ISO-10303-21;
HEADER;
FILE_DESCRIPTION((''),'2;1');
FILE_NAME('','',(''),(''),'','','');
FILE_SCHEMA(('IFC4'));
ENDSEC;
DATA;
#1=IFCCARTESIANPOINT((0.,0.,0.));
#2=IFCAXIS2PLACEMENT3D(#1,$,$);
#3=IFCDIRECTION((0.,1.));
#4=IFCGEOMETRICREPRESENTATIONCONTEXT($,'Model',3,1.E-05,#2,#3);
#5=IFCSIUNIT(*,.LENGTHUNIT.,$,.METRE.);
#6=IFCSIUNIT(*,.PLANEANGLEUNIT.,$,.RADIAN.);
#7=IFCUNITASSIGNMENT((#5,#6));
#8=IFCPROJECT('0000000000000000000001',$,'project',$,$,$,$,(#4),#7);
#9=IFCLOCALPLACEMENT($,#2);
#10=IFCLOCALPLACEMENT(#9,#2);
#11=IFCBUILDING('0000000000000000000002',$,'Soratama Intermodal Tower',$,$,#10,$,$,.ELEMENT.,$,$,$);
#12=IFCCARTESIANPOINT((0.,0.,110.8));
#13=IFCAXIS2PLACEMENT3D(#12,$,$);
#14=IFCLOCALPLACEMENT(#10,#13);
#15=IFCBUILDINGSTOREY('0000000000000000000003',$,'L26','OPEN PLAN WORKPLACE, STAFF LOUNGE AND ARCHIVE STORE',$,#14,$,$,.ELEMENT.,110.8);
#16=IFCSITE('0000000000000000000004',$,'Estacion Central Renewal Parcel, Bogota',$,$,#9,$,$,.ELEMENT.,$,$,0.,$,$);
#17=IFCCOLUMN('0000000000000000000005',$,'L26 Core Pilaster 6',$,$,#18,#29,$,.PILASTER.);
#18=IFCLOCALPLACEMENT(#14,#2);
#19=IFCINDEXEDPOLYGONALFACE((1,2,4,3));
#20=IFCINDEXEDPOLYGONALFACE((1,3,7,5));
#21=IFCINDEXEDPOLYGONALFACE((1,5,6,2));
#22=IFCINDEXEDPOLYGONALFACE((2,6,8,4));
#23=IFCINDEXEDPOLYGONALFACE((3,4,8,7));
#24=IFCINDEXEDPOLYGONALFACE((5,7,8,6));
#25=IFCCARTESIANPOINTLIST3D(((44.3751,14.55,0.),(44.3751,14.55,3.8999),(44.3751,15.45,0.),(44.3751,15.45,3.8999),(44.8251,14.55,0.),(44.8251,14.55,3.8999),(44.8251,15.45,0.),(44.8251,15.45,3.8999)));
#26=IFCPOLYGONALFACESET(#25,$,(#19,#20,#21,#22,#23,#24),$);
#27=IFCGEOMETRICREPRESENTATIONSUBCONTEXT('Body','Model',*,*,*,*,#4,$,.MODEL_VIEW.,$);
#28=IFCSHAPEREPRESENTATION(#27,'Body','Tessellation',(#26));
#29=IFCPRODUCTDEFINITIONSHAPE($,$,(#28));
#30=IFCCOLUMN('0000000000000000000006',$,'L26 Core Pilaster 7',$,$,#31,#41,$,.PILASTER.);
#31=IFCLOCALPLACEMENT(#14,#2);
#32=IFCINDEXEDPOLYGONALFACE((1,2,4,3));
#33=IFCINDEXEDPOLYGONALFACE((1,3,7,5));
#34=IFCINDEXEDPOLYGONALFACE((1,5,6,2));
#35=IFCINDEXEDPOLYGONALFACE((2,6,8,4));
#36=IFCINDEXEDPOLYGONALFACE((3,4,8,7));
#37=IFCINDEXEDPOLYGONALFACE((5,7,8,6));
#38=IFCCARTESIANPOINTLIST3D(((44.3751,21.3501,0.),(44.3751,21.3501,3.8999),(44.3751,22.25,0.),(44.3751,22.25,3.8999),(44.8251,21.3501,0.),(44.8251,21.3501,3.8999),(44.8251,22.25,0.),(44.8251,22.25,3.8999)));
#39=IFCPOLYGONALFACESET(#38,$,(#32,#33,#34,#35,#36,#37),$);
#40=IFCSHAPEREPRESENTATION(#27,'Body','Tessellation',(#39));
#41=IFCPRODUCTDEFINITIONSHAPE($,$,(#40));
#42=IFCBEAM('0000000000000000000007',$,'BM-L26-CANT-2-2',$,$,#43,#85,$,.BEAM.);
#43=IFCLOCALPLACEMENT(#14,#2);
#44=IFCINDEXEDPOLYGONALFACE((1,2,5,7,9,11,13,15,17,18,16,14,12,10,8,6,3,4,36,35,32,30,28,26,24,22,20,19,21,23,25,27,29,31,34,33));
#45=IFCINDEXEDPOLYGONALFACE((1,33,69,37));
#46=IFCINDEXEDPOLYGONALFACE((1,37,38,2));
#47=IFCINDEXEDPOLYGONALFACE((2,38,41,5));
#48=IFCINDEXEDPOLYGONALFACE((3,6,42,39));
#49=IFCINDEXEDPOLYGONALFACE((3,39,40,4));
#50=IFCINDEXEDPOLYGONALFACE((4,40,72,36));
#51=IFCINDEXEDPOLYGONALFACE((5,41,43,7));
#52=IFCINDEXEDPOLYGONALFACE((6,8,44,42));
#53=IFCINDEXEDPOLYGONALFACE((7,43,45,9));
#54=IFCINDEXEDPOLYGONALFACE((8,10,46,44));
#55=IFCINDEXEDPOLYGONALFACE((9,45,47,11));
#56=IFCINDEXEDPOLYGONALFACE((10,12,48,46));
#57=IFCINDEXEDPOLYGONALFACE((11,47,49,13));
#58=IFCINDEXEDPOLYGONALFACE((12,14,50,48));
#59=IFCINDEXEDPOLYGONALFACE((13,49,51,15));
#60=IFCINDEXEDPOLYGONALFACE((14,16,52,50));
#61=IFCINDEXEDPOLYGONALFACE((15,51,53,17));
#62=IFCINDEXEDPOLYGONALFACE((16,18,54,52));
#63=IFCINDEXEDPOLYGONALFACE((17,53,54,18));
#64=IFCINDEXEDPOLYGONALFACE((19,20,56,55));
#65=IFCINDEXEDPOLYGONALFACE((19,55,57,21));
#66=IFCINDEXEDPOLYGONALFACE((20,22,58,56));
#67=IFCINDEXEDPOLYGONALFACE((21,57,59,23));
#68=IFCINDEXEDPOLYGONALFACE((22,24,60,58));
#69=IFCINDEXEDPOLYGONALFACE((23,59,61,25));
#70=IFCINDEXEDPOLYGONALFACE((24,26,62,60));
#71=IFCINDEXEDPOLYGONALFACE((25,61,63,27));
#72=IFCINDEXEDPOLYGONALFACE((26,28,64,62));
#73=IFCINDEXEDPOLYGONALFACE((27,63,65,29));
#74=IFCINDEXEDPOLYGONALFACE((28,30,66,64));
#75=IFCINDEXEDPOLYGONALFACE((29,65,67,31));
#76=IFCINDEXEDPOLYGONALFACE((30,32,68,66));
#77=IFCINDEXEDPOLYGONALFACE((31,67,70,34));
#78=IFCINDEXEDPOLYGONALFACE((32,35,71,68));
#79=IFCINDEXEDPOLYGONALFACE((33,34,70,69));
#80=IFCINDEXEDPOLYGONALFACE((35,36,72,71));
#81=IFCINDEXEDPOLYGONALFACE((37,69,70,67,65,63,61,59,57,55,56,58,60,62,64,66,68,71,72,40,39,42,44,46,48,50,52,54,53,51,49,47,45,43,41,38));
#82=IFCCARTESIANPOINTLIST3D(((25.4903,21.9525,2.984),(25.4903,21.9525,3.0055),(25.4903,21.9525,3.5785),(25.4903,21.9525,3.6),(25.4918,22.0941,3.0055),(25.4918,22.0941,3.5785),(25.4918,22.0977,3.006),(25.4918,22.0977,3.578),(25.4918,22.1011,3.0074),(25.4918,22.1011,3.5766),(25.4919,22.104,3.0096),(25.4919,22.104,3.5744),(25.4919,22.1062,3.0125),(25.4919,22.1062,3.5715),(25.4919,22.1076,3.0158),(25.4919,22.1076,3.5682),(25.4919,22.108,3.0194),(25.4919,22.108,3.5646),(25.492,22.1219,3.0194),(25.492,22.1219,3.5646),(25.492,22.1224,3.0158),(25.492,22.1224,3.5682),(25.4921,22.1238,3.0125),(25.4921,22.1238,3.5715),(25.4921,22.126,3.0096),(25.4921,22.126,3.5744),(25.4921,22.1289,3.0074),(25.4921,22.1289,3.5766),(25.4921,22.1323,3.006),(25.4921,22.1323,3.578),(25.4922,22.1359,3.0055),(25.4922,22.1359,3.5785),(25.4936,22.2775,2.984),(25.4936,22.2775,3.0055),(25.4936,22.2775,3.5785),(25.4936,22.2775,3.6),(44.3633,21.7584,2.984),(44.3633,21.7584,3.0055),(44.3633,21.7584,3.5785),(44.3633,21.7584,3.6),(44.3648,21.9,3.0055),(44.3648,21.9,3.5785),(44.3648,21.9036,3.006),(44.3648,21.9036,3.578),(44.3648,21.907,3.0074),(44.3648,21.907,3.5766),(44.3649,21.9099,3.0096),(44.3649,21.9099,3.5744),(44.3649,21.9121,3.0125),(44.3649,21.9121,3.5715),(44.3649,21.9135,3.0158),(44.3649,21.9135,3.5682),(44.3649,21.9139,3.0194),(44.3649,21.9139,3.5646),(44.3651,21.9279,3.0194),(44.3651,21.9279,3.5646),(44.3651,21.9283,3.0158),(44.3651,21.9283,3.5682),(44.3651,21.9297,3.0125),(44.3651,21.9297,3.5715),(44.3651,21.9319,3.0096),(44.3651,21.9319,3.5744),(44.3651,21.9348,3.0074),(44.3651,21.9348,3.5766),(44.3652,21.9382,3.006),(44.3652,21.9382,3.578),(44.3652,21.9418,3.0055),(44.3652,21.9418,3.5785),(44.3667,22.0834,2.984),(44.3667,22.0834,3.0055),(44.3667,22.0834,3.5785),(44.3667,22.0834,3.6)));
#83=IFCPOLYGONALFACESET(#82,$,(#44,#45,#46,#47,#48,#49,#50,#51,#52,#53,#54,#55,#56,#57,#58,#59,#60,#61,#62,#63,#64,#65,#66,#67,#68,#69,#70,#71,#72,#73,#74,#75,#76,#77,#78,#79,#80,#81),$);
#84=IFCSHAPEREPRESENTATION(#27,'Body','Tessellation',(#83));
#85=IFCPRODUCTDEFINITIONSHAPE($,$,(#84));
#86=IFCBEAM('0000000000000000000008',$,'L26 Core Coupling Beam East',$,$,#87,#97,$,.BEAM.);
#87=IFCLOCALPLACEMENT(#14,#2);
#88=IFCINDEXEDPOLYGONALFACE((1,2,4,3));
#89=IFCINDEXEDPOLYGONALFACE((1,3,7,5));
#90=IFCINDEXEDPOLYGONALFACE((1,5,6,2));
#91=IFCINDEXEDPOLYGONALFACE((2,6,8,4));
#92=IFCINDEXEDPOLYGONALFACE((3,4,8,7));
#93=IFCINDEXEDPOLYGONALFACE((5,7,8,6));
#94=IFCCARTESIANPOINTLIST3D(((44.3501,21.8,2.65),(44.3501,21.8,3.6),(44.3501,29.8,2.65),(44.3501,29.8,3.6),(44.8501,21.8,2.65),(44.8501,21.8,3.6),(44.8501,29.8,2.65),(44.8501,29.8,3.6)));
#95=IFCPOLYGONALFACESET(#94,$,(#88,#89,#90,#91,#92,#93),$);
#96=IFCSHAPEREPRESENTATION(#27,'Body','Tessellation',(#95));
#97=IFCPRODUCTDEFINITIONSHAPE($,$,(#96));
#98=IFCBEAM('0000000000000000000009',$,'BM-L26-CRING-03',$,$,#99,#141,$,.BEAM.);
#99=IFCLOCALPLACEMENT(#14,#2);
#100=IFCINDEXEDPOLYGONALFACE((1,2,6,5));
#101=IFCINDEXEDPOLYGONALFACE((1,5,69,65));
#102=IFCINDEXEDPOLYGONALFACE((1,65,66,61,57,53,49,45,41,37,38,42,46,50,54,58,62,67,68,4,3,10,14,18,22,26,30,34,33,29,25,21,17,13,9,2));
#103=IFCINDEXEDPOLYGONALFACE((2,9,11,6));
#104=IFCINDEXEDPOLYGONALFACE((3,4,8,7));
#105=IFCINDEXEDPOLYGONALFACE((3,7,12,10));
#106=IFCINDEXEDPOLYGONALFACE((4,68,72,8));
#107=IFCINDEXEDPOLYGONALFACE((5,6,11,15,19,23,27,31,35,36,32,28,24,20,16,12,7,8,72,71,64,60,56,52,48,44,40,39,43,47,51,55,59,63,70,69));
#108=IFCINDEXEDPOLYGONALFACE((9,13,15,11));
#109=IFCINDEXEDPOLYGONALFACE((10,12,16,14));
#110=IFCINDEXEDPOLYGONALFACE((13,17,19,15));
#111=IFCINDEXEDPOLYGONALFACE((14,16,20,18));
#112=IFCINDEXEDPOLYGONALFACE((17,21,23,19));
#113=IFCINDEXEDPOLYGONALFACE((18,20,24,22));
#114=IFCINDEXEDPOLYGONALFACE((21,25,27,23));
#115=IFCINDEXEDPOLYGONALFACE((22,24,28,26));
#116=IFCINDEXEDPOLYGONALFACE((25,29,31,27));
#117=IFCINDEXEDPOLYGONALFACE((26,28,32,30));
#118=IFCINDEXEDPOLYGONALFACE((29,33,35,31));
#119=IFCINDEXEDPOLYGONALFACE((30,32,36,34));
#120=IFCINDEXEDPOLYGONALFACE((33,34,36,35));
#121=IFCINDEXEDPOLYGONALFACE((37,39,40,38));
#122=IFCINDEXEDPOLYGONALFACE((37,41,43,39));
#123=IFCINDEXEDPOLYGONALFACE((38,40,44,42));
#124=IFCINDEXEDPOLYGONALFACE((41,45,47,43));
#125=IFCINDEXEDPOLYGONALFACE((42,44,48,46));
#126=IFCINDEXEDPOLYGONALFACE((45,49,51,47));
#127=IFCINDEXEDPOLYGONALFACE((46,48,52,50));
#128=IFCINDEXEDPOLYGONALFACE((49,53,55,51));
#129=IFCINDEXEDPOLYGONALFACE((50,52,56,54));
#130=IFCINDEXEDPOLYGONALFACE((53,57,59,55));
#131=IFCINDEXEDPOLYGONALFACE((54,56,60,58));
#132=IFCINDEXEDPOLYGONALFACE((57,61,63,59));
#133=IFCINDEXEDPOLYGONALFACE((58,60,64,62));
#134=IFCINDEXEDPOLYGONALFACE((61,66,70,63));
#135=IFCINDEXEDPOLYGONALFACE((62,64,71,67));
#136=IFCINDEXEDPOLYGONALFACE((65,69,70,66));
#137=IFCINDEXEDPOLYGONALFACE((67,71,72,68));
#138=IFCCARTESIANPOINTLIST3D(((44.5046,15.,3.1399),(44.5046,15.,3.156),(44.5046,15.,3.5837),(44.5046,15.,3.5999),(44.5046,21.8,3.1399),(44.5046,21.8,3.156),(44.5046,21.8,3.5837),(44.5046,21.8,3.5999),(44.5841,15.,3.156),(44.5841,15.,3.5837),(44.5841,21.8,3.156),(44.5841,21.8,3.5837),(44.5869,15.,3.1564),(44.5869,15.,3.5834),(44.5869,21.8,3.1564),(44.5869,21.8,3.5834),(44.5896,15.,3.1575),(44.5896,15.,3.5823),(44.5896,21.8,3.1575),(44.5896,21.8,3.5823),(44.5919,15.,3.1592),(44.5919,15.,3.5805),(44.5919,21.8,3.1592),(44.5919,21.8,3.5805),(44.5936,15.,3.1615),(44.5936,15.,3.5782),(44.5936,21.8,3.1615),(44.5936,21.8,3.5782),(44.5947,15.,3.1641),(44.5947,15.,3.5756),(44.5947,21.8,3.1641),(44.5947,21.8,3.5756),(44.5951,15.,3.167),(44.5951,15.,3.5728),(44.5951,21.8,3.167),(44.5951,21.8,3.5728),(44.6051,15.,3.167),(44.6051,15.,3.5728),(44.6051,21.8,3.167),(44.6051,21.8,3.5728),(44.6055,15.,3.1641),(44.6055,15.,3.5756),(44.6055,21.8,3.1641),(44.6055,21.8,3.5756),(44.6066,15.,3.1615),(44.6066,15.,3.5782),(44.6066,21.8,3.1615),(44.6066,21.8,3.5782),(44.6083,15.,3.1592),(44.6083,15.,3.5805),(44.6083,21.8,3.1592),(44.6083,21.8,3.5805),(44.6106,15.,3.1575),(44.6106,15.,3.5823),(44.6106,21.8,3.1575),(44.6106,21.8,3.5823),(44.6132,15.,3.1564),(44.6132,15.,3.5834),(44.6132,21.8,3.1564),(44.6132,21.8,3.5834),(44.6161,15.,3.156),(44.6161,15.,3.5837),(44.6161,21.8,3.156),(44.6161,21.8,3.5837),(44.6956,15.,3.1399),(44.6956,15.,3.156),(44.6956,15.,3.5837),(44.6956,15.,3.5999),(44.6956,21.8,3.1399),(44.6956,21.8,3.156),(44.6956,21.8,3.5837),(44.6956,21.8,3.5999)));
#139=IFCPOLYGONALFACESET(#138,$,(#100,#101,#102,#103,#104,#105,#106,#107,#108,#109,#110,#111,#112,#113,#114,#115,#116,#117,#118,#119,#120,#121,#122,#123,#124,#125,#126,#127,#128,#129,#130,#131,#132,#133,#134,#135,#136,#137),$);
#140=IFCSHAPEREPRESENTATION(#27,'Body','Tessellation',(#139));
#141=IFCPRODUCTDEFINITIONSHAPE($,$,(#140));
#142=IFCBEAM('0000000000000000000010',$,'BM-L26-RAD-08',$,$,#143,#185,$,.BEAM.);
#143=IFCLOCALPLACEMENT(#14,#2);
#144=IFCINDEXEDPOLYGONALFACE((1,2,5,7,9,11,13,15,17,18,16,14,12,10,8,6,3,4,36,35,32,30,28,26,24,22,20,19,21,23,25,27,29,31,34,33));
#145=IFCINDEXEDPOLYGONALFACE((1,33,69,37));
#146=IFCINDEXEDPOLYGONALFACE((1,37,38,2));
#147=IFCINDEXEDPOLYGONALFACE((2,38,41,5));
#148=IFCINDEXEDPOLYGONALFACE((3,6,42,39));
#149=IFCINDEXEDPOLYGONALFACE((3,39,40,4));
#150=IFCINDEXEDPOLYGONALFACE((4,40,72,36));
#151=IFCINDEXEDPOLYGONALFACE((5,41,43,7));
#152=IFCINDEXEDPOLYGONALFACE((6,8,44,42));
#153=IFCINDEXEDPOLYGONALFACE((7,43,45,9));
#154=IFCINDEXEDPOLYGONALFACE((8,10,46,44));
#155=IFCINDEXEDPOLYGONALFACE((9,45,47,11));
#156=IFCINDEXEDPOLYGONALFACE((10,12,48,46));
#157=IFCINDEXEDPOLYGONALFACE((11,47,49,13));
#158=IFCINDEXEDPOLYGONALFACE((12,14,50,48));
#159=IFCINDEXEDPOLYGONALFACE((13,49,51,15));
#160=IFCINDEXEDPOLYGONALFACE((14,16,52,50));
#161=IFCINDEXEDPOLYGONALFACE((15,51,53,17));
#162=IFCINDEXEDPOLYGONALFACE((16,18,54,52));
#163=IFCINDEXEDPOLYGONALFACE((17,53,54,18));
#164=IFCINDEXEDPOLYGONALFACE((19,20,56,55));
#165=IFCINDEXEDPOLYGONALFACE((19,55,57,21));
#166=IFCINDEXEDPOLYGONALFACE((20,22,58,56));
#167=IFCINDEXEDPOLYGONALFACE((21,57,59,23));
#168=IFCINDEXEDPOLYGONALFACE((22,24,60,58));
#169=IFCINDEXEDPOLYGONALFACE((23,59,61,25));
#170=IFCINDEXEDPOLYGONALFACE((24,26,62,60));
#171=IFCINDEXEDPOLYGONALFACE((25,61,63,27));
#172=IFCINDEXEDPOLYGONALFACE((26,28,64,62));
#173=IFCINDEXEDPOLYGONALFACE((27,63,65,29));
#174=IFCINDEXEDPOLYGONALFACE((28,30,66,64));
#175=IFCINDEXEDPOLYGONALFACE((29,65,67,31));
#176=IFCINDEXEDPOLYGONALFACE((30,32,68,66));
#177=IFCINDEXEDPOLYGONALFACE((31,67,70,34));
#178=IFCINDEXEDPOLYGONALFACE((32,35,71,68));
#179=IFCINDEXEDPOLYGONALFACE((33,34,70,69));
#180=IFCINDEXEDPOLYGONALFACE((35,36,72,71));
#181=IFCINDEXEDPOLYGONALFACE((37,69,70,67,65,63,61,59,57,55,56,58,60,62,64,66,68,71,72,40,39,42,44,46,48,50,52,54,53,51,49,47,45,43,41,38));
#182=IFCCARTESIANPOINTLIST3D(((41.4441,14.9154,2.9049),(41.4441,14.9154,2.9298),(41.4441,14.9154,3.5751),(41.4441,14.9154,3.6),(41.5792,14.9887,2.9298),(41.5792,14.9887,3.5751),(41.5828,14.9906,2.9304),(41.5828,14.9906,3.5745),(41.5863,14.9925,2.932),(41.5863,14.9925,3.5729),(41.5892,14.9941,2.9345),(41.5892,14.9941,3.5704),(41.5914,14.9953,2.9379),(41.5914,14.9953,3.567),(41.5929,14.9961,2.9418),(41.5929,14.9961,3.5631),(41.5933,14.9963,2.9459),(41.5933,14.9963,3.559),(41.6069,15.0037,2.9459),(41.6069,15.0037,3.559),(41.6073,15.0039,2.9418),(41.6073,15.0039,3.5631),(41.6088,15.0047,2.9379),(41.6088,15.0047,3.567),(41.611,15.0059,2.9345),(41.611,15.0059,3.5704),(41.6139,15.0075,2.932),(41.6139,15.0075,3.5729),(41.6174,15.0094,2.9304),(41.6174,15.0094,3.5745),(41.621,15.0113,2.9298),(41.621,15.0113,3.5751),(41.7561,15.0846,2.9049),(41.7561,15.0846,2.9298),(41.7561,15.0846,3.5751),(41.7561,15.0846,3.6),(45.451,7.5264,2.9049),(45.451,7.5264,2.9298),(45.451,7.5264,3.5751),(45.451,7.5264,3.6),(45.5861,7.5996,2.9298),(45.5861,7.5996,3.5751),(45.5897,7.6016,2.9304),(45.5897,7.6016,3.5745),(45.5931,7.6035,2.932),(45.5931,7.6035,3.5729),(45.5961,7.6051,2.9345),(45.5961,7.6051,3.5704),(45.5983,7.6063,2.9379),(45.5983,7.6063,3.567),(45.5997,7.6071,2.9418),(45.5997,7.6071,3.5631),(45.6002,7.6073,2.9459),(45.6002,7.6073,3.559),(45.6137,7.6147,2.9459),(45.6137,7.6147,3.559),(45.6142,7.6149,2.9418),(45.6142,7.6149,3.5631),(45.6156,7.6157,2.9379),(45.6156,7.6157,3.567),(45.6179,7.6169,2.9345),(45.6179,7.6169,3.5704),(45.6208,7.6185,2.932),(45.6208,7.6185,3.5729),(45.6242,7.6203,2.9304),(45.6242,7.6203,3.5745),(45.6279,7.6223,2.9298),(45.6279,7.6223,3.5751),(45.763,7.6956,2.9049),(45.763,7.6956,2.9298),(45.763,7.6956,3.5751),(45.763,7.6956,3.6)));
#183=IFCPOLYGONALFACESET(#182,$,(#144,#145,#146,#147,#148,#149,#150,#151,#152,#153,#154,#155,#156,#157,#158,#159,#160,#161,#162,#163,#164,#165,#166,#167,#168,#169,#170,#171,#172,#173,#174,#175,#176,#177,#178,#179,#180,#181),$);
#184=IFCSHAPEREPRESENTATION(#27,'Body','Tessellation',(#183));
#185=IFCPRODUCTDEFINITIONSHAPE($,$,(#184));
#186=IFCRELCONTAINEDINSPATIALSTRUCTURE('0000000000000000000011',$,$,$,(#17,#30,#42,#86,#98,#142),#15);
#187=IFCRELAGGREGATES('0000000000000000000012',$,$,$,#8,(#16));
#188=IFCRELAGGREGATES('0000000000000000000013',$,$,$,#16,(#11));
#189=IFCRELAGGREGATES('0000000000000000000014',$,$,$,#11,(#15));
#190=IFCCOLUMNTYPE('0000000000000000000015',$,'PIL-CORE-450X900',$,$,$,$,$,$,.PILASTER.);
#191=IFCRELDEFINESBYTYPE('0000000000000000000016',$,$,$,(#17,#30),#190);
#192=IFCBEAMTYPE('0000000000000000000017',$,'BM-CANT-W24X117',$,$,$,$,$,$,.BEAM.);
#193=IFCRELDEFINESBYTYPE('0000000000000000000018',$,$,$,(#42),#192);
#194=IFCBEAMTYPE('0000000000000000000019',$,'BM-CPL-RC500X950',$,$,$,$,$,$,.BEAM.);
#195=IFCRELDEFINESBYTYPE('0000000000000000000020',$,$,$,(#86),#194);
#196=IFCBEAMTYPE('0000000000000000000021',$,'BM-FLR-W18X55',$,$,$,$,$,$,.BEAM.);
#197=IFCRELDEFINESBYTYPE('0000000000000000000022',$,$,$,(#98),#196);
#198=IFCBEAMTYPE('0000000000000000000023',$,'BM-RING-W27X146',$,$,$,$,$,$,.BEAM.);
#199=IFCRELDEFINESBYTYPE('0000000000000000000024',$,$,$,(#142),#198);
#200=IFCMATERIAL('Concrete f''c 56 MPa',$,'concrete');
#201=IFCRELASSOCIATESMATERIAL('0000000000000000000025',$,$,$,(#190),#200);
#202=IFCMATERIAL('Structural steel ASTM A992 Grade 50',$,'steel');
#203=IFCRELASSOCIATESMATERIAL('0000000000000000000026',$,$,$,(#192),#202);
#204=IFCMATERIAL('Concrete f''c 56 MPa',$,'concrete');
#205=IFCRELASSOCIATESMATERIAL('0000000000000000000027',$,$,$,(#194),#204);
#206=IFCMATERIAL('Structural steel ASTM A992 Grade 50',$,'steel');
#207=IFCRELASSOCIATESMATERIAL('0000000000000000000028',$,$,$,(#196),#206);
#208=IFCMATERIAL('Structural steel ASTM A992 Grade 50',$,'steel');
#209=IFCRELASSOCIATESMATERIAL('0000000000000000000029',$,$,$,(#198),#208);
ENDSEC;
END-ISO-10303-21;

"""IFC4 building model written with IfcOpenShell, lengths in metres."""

from ifc_helpers import new_model, si_unit, direction, frame, origin, origin_2d, place, context, subcontext, project, spatial, rectangle, i_section, extrude, material, material_profile, profile_set, type_object, element, save


model = new_model("IFC4")

# Units and contexts
model_context = context("Model", 3, precision=1e-05, world=origin(), true_north=direction((0.0, 1.0)))
body_context = subcontext(model_context, "Body", "Model", "MODEL_VIEW")
ifc_project = project(units=[si_unit("LENGTHUNIT", "METRE"), si_unit("PLANEANGLEUNIT", "RADIAN")], contexts=[model_context])

# Site, building, storey
site_placement = place(None, origin())
site = spatial("IfcSite", under=ifc_project, at=site_placement, Name="Estacion Central Renewal Parcel, Bogota", CompositionType="ELEMENT", RefElevation=0.0)
building_placement = place(site_placement, origin())
building = spatial("IfcBuilding", under=site, at=building_placement, Name="Soratama Intermodal Tower", CompositionType="ELEMENT")
storey_placement = place(building_placement, frame((0.0, 0.0, 110.8)))
storey = spatial("IfcBuildingStorey", under=building, at=storey_placement, Name="L26", Description="OPEN PLAN WORKPLACE, STAFF LOUNGE AND ARCHIVE STORE", CompositionType="ELEMENT", Elevation=110.8)

# Columns
ifc_material_1 = material(Name="Concrete f'c 56 MPa", Category="concrete")
ifc_material_profile_1 = material_profile(ifc_material_1, rectangle(XDim=0.45, YDim=0.8999, at=origin_2d()), Name="RC450X900")
ifc_profile_set_1 = profile_set([ifc_material_profile_1], Name="Concrete f'c 56 MPa")
column_type = type_object("IfcColumnType", Name="PIL-CORE-450X900", PredefinedType="PILASTER", material=ifc_profile_set_1)
for number, where, z_axis, x_axis, name in (
    (1, (44.6001, 15.0, 0.0), (0.0, 0.0, 1.0), (1.0, 0.0, 0.0), "L26 Core Pilaster 6"),
    (2, (44.6001, 21.8, 0.0), (0.0, 0.0, 1.0), (1.0, 0.0, 0.0), "L26 Core Pilaster 7"),
):
    element("IfcColumn", number, at=place(storey_placement, frame(where, z_axis=z_axis, x_axis=x_axis)), inside=storey, type_object=column_type, Name=name, PredefinedType="PILASTER", context=body_context, shape_type="SweptSolid", body=[
        extrude(rectangle(XDim=0.45, YDim=0.8999, at=origin_2d()), origin(), (0.0, 0.0, 1.0), 3.8999),
    ])

# Beams
ifc_material_2 = material(Name="Structural steel ASTM A992 Grade 50", Category="steel")
ifc_material_profile_2 = material_profile(ifc_material_2, i_section(OverallWidth=0.325, OverallDepth=0.616, WebThickness=0.0139, FlangeThickness=0.0215, FilletRadius=0.0139, at=origin_2d()), Name="W24X117")
ifc_profile_set_2 = profile_set([ifc_material_profile_2], Name="Structural steel ASTM A992 Grade 50")
beam_type_1 = type_object("IfcBeamType", Name="BM-CANT-W24X117", PredefinedType="BEAM", material=ifc_profile_set_2)
beam_1_placement = place(storey_placement, frame((44.365, 21.9209, 3.292), z_axis=(-0.999947, 0.010284, 0.0), x_axis=(-0.010284, -0.999947, 0.0)))
element("IfcBeam", 3, at=beam_1_placement, inside=storey, type_object=beam_type_1, Name="BM-L26-CANT-2-2", PredefinedType="BEAM", context=body_context, shape_type="SweptSolid", body=[
    extrude(i_section(OverallWidth=0.325, OverallDepth=0.616, WebThickness=0.0139, FlangeThickness=0.0215, FilletRadius=0.0139, at=origin_2d()), origin(), (0.0, 0.0, 1.0), 18.874),
])
ifc_material_3 = material(Name="Concrete f'c 56 MPa", Category="concrete")
ifc_material_profile_3 = material_profile(ifc_material_3, rectangle(XDim=0.5, YDim=0.95, at=origin_2d()), Name="RC500X950")
ifc_profile_set_3 = profile_set([ifc_material_profile_3], Name="Concrete f'c 56 MPa")
beam_type_2 = type_object("IfcBeamType", Name="BM-CPL-RC500X950", PredefinedType="BEAM", material=ifc_profile_set_3)
beam_2_placement = place(storey_placement, frame((44.6001, 21.8, 3.125), z_axis=(0.0, 1.0, 0.0), x_axis=(-1.0, 0.0, 0.0)))
element("IfcBeam", 4, at=beam_2_placement, inside=storey, type_object=beam_type_2, Name="L26 Core Coupling Beam East", PredefinedType="BEAM", context=body_context, shape_type="SweptSolid", body=[
    extrude(rectangle(XDim=0.5, YDim=0.95, at=origin_2d()), origin(), (0.0, 0.0, 1.0), 8.0),
])
ifc_material_4 = material(Name="Structural steel ASTM A992 Grade 50", Category="steel")
ifc_material_profile_4 = material_profile(ifc_material_4, i_section(OverallWidth=0.1909, OverallDepth=0.46, WebThickness=0.01, FlangeThickness=0.0161, FilletRadius=0.011, at=origin_2d()), Name="W18X55")
ifc_profile_set_4 = profile_set([ifc_material_profile_4], Name="Structural steel ASTM A992 Grade 50")
beam_type_3 = type_object("IfcBeamType", Name="BM-FLR-W18X55", PredefinedType="BEAM", material=ifc_profile_set_4)
beam_3_placement = place(storey_placement, frame((44.6001, 15.0, 3.3699), z_axis=(0.0, 1.0, 0.0), x_axis=(-1.0, 0.0, 0.0)))
element("IfcBeam", 5, at=beam_3_placement, inside=storey, type_object=beam_type_3, Name="BM-L26-CRING-03", PredefinedType="BEAM", context=body_context, shape_type="SweptSolid", body=[
    extrude(i_section(OverallWidth=0.1909, OverallDepth=0.46, WebThickness=0.01, FlangeThickness=0.0161, FilletRadius=0.011, at=origin_2d()), origin(), (0.0, 0.0, 1.0), 6.8),
])
ifc_material_5 = material(Name="Structural steel ASTM A992 Grade 50", Category="steel")
ifc_material_profile_5 = material_profile(ifc_material_5, i_section(OverallWidth=0.355, OverallDepth=0.6951, WebThickness=0.0154, FlangeThickness=0.0249, FilletRadius=0.0161, at=origin_2d()), Name="W27X146")
ifc_profile_set_5 = profile_set([ifc_material_profile_5], Name="Structural steel ASTM A992 Grade 50")
beam_type_4 = type_object("IfcBeamType", Name="BM-RING-W27X146", PredefinedType="BEAM", material=ifc_profile_set_5)
beam_4_placement = place(storey_placement, frame((41.6001, 15.0, 3.2524), z_axis=(0.476698, -0.879067, 0.0), x_axis=(0.879067, 0.476698, 0.0)))
element("IfcBeam", 6, at=beam_4_placement, inside=storey, type_object=beam_type_4, Name="BM-L26-RAD-08", PredefinedType="BEAM", context=body_context, shape_type="SweptSolid", body=[
    extrude(i_section(OverallWidth=0.355, OverallDepth=0.6951, WebThickness=0.0154, FlangeThickness=0.0249, FilletRadius=0.0161, at=origin_2d()), origin(), (0.0, 0.0, 1.0), 8.4055),
])

save(model, "model.ifc")
